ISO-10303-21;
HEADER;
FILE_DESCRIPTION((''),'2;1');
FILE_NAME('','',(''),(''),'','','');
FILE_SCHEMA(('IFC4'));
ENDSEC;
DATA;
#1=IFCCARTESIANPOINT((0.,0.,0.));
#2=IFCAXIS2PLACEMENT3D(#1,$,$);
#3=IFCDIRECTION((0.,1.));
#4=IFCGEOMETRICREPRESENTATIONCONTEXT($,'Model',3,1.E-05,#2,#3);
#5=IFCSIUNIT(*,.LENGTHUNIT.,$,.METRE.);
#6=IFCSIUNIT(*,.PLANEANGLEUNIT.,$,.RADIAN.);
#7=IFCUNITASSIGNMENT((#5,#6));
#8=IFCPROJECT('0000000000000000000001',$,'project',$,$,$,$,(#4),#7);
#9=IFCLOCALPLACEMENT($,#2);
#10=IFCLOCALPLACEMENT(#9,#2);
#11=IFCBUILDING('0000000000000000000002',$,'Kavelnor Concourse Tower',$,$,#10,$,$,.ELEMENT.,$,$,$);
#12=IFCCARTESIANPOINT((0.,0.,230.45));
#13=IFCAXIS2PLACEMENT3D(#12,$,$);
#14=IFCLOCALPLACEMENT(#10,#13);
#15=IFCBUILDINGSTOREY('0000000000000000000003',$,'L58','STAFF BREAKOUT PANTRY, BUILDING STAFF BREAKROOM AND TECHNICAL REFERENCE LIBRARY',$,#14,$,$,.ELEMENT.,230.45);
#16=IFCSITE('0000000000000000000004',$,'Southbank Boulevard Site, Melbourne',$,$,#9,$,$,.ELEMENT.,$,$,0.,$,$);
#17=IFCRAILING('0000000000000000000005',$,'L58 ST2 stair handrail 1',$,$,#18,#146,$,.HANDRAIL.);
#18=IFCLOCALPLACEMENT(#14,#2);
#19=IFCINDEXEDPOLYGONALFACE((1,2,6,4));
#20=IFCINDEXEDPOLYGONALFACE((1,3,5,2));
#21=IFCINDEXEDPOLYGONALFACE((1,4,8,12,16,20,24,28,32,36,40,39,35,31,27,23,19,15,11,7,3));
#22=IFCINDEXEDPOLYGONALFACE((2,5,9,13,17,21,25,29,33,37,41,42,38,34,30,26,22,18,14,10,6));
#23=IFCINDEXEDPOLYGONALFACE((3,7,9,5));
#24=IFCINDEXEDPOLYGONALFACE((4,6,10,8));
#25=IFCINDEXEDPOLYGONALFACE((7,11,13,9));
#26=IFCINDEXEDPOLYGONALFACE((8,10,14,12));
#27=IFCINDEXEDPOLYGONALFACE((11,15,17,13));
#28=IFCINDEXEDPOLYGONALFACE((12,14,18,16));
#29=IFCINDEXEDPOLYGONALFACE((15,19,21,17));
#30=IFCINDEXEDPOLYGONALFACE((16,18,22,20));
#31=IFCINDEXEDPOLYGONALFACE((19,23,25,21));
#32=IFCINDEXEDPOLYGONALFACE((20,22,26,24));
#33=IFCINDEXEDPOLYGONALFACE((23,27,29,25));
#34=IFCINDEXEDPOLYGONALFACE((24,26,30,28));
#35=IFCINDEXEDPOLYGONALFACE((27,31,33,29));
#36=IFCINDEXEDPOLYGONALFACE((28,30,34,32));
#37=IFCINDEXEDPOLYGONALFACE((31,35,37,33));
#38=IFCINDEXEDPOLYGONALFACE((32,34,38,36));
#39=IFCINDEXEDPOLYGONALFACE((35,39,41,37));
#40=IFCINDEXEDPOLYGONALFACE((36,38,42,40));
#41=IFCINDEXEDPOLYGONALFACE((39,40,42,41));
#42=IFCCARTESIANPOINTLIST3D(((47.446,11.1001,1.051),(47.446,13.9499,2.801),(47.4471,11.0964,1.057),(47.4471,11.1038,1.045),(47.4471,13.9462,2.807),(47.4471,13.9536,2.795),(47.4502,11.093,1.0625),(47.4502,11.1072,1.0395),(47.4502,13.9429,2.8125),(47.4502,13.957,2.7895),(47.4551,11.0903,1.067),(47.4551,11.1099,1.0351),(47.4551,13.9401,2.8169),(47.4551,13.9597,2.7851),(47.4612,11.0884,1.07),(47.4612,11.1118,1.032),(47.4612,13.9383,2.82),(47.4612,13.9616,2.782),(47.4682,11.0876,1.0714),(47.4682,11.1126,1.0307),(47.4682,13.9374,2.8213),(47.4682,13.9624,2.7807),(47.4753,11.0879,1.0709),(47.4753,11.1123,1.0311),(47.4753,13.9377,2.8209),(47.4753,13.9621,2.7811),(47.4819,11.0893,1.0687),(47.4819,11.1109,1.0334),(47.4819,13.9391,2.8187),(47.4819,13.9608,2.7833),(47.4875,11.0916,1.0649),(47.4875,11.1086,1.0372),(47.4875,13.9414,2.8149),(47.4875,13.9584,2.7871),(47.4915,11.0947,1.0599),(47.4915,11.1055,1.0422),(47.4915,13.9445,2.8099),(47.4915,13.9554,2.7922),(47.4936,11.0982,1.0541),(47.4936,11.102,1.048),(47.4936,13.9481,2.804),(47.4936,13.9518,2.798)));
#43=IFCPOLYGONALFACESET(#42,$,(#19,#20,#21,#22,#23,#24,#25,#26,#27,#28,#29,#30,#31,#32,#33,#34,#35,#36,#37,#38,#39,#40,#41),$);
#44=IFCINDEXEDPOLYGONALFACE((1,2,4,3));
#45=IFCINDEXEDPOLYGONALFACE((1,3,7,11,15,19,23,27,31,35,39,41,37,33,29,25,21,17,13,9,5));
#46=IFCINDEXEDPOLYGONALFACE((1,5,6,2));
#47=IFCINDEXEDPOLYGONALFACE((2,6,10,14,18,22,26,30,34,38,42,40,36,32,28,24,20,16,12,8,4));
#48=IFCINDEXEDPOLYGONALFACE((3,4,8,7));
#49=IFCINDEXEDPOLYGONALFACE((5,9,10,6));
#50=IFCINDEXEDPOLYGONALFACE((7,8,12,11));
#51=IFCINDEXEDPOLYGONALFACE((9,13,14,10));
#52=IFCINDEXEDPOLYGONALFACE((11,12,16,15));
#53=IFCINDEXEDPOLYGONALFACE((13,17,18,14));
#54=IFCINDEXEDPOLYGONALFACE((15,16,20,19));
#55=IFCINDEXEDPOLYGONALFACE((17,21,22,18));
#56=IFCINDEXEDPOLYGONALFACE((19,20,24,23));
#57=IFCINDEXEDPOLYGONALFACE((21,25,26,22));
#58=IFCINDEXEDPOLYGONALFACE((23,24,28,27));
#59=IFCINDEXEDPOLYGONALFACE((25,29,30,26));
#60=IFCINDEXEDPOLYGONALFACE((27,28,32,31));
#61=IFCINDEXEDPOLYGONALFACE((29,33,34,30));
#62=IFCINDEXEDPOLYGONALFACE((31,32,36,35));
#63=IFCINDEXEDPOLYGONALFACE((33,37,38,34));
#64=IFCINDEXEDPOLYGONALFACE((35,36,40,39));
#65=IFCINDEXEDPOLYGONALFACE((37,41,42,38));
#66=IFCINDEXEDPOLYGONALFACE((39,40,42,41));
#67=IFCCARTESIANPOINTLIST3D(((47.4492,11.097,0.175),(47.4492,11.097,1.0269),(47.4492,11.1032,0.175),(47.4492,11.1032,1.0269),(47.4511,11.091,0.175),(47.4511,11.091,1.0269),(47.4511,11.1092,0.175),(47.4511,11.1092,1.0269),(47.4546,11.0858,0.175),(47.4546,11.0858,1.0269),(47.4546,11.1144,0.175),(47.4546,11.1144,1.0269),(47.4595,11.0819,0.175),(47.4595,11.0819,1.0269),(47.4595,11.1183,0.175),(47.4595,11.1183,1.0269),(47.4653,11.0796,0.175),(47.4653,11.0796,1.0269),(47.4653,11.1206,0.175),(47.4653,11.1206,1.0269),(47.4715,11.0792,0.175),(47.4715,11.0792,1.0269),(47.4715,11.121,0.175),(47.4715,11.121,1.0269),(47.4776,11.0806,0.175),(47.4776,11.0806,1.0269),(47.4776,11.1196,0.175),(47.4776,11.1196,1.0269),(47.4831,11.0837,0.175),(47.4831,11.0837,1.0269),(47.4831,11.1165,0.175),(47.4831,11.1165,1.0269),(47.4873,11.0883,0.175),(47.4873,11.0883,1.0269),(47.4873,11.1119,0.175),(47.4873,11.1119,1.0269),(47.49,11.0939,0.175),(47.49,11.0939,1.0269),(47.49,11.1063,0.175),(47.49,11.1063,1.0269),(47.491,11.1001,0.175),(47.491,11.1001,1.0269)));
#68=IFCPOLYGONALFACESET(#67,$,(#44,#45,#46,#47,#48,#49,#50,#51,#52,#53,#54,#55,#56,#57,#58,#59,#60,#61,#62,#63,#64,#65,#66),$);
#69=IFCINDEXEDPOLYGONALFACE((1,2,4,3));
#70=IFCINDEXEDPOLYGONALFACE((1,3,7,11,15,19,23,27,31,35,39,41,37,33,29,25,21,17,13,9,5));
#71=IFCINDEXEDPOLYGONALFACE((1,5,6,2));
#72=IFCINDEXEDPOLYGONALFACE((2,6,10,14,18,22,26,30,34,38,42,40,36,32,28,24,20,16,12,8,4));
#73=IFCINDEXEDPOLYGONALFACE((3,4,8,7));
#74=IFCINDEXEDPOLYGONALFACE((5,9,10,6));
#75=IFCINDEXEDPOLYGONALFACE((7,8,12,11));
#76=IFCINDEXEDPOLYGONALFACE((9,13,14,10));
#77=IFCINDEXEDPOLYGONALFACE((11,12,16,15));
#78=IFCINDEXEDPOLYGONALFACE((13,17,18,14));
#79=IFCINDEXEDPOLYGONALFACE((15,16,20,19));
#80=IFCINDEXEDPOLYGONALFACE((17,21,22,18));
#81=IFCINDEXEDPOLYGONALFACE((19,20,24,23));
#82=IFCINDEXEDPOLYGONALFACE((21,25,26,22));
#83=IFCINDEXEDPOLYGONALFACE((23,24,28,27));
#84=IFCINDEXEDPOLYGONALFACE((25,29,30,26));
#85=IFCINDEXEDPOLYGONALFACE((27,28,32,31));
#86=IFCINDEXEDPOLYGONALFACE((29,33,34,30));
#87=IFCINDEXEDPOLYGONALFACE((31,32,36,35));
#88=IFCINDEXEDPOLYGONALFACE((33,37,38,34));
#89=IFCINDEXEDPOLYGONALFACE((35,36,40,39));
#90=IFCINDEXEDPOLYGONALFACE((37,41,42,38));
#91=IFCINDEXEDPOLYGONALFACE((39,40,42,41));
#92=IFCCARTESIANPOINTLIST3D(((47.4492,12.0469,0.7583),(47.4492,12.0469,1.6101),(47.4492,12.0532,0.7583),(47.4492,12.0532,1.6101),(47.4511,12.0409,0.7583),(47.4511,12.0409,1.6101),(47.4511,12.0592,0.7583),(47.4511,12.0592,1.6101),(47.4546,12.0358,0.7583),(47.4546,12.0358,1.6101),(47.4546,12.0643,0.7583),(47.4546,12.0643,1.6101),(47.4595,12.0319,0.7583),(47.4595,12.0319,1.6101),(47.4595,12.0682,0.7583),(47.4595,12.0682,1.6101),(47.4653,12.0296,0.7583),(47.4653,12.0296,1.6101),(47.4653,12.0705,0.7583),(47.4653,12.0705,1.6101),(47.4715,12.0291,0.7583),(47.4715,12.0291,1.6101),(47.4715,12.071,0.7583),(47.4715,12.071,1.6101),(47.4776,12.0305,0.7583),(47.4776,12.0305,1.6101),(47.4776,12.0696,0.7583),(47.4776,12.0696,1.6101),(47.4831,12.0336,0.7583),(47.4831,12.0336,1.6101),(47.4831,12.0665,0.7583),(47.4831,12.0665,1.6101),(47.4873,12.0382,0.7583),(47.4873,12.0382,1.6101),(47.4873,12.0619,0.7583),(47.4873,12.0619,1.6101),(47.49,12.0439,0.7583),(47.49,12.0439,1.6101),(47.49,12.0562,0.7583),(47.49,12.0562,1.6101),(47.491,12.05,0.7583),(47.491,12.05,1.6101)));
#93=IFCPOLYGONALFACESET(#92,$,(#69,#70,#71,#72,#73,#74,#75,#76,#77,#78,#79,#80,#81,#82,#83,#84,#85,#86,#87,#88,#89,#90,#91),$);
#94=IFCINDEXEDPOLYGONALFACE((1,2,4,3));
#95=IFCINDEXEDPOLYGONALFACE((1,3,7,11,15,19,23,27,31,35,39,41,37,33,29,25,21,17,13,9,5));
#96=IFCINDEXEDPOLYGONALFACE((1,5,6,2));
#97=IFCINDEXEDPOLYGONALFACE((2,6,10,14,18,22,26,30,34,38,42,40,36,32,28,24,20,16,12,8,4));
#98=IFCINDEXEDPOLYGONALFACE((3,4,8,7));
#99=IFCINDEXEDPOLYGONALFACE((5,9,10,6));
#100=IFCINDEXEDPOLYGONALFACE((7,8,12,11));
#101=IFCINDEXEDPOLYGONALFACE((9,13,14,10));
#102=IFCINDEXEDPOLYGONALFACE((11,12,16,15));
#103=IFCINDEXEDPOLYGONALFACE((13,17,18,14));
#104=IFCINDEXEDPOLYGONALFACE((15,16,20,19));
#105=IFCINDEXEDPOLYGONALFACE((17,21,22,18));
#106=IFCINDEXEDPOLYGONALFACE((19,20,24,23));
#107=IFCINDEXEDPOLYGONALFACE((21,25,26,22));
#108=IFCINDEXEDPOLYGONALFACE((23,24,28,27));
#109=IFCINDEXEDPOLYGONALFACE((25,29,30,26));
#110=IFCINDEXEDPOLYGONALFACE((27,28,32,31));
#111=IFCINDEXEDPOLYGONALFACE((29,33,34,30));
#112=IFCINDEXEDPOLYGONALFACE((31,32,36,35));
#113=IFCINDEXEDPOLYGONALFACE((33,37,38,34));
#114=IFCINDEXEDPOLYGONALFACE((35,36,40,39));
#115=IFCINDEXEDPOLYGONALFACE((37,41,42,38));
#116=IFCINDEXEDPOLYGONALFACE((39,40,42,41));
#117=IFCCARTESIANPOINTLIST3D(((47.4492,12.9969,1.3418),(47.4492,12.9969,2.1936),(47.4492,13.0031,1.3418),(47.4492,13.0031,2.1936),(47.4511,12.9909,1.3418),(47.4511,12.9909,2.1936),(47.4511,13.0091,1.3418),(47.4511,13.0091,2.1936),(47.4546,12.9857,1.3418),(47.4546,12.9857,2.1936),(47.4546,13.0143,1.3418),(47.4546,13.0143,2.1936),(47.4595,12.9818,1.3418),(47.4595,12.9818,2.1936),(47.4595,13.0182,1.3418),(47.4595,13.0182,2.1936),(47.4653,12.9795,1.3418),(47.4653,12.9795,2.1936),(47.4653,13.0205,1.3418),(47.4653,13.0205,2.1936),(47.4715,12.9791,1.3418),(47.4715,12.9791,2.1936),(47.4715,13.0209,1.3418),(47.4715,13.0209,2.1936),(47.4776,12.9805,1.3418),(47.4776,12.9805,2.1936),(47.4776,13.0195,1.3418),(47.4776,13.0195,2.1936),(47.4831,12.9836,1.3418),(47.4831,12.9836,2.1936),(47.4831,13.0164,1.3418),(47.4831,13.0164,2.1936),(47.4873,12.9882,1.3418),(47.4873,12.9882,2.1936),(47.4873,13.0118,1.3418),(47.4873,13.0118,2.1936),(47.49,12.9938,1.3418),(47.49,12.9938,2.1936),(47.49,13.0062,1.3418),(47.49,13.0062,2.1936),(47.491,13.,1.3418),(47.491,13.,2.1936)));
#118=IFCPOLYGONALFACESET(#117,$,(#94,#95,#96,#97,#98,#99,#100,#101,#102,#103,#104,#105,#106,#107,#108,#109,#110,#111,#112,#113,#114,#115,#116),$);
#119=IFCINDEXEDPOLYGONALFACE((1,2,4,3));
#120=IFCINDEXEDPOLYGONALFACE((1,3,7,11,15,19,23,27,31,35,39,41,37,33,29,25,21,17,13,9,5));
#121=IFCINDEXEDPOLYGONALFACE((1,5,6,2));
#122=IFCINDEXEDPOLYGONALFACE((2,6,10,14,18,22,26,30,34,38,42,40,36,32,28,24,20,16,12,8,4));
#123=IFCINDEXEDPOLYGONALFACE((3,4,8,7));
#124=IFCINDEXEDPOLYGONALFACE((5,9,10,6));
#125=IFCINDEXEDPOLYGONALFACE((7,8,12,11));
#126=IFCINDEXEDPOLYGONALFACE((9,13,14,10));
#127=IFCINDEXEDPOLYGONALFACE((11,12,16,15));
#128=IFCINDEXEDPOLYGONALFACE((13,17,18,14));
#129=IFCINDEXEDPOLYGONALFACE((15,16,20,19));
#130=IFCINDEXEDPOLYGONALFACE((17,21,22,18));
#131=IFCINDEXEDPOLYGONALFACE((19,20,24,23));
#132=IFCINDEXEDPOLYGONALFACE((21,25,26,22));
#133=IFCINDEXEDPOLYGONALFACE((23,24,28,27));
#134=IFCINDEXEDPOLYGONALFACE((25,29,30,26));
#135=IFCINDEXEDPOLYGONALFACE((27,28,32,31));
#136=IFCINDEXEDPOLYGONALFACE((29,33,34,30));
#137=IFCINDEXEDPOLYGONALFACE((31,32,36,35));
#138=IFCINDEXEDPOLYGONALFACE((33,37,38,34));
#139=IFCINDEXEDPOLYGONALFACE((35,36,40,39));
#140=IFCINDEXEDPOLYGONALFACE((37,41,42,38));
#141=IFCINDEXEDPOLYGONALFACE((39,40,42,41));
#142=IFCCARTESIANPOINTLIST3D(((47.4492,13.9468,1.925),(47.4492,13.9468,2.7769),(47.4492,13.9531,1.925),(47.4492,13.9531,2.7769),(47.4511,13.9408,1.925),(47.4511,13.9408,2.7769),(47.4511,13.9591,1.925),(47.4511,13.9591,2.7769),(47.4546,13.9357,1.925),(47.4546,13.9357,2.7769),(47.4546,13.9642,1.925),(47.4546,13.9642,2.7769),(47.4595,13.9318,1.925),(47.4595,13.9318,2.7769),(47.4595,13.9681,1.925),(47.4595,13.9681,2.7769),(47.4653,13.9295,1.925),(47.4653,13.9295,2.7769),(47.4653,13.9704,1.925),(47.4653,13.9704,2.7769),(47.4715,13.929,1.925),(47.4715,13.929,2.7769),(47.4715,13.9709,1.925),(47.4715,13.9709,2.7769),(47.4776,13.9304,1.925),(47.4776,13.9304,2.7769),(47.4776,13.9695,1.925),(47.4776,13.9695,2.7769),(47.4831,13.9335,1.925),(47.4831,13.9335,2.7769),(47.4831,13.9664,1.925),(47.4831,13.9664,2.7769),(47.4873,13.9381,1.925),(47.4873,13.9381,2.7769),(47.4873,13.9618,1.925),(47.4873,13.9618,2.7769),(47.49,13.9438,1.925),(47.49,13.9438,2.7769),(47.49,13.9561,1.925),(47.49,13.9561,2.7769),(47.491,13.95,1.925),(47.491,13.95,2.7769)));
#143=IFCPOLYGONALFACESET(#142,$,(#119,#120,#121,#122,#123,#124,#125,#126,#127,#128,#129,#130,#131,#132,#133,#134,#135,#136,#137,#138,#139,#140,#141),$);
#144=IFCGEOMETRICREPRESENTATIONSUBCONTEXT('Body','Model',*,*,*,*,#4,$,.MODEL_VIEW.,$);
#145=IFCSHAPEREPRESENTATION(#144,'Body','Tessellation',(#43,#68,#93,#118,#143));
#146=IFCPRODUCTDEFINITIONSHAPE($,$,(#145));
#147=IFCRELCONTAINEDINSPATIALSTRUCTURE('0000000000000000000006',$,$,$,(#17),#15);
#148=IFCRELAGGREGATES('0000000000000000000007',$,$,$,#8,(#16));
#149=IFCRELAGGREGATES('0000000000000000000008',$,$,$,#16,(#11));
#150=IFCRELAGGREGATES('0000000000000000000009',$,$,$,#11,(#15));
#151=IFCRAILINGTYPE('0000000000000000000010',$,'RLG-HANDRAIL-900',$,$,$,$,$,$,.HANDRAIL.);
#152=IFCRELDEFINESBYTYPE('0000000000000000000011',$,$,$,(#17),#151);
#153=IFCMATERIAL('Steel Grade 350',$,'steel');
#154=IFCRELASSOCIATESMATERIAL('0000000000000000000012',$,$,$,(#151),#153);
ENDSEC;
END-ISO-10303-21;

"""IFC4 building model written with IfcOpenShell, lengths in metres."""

from ifc_helpers import new_model, si_unit, direction, frame, origin, origin_2d, place, context, subcontext, project, spatial, circle, extrude, material, type_object, element, save


model = new_model("IFC4")

# Units and contexts
model_context = context("Model", 3, precision=1e-05, world=origin(), true_north=direction((0.0, 1.0)))
body_context = subcontext(model_context, "Body", "Model", "MODEL_VIEW")
ifc_project = project(units=[si_unit("LENGTHUNIT", "METRE"), si_unit("PLANEANGLEUNIT", "RADIAN")], contexts=[model_context])

# Site, building, storey
site_placement = place(None, origin())
site = spatial("IfcSite", under=ifc_project, at=site_placement, Name="Southbank Boulevard Site, Melbourne", CompositionType="ELEMENT", RefElevation=0.0)
building_placement = place(site_placement, origin())
building = spatial("IfcBuilding", under=site, at=building_placement, Name="Kavelnor Concourse Tower", CompositionType="ELEMENT")
storey_placement = place(building_placement, frame((0.0, 0.0, 230.45)))
storey = spatial("IfcBuildingStorey", under=building, at=storey_placement, Name="L58", Description="STAFF BREAKOUT PANTRY, BUILDING STAFF BREAKROOM AND TECHNICAL REFERENCE LIBRARY", CompositionType="ELEMENT", Elevation=230.45)

# Shared definitions
ifc_material_1 = material(Name="Steel Grade 350", Category="steel")

# Railing
railing_type = type_object("IfcRailingType", Name="RLG-HANDRAIL-900", PredefinedType="HANDRAIL", material=ifc_material_1)
railing_placement = place(storey_placement, frame((47.47, 11.1001, 0.175)))
element("IfcRailing", 1, at=railing_placement, inside=storey, type_object=railing_type, Name="L58 ST2 stair handrail 1", PredefinedType="HANDRAIL", context=body_context, shape_type="SweptSolid", body=[
    extrude(circle(Radius=0.0239, at=origin_2d()), frame((0.0, 0.0, 0.876), z_axis=(0.0, 0.852159, 0.523283), x_axis=(-1.0, 0.0, 0.0)), (0.0, 0.0, 1.0), 3.3442),
    extrude(circle(Radius=0.021, at=origin_2d()), origin(), (0.0, 0.0, 1.0), 0.8518),
    extrude(circle(Radius=0.021, at=origin_2d()), frame((0.0, 0.95, 0.5833)), (0.0, 0.0, 1.0), 0.8518),
    extrude(circle(Radius=0.021, at=origin_2d()), frame((0.0, 1.8999, 1.1667)), (0.0, 0.0, 1.0), 0.8518),
    extrude(circle(Radius=0.021, at=origin_2d()), frame((0.0, 2.8499, 1.75)), (0.0, 0.0, 1.0), 0.8518),
])

save(model, "model.ifc")
